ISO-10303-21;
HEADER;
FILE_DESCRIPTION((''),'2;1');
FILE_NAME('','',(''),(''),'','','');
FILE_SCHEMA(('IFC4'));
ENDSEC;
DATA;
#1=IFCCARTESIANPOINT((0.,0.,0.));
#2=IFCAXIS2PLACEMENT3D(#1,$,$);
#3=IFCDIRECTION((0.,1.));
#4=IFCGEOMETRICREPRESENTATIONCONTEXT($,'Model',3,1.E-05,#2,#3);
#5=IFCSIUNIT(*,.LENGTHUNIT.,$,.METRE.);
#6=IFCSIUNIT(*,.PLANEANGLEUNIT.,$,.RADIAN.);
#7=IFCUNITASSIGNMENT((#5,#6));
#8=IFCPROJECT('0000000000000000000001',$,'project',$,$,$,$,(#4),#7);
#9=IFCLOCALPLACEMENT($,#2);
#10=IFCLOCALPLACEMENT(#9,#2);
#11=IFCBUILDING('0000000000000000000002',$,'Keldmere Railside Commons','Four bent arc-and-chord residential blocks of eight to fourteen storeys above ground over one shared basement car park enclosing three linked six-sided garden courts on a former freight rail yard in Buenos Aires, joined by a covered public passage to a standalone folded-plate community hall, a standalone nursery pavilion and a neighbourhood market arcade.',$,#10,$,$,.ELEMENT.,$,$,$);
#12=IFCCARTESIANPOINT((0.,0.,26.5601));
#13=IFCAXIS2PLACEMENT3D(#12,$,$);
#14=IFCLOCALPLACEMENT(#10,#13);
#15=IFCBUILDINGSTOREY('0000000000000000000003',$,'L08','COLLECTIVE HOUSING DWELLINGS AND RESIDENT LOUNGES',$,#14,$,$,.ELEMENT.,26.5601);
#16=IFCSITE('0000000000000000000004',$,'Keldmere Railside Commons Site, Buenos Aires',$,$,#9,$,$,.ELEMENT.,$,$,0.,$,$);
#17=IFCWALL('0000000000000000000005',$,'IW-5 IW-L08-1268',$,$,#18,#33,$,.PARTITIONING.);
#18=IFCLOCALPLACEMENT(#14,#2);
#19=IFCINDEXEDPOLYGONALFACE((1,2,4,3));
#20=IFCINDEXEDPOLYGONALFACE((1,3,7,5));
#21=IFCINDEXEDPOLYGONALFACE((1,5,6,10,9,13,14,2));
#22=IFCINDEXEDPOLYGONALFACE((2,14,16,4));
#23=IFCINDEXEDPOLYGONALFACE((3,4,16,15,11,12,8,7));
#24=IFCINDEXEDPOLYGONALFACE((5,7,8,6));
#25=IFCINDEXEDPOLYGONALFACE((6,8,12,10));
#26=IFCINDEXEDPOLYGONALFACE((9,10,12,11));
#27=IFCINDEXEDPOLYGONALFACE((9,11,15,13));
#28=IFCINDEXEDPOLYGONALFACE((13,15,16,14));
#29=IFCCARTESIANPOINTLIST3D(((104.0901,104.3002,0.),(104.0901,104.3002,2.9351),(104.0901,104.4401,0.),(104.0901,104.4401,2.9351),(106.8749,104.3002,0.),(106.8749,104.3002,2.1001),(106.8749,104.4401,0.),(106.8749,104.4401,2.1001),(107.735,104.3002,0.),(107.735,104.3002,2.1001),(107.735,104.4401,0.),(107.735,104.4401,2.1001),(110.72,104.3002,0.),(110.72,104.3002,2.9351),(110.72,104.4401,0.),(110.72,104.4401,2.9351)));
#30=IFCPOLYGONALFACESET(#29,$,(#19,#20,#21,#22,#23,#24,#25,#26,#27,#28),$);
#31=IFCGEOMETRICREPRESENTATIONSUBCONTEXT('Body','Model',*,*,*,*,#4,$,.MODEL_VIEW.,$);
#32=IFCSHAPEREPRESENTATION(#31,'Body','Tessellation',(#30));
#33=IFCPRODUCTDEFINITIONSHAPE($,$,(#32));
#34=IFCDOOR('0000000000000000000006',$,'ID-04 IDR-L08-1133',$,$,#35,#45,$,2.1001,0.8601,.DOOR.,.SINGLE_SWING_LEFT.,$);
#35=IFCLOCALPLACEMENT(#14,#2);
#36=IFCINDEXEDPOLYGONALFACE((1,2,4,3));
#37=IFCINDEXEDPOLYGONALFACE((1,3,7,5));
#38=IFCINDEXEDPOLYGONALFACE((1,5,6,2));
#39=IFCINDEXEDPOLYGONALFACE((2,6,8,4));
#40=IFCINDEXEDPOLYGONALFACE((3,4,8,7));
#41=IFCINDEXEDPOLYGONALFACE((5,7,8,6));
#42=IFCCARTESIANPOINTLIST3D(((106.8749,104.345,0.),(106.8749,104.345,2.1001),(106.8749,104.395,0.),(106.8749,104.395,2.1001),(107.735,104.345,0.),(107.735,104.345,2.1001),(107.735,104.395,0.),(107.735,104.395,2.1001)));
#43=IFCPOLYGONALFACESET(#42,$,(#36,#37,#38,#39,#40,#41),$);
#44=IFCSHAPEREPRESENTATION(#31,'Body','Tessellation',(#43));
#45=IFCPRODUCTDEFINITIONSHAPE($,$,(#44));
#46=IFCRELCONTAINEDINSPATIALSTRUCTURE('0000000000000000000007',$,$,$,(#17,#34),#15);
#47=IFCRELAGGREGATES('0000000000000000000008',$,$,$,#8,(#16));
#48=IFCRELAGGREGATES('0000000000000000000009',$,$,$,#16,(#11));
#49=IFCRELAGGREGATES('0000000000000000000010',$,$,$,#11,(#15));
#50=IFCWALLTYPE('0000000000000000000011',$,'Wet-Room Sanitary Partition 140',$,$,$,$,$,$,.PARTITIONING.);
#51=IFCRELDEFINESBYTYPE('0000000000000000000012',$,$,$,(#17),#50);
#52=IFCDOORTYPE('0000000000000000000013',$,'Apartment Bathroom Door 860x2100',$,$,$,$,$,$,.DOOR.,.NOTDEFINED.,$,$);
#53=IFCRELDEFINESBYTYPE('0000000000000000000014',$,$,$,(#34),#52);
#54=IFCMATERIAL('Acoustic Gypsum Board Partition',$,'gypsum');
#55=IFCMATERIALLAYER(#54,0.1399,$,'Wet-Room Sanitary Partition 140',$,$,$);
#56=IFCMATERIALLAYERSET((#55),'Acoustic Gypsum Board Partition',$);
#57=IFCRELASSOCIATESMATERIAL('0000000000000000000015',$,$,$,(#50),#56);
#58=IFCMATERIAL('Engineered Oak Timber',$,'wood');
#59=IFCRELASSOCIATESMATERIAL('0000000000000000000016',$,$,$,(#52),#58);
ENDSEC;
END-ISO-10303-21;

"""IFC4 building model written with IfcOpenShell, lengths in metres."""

from ifc_helpers import new_model, si_unit, direction, frame, frame_2d, origin, place, context, subcontext, project, spatial, rectangle, extrude, material, layer, layer_set, type_object, element, fill, save


model = new_model("IFC4")

# Units and contexts
model_context = context("Model", 3, precision=1e-05, world=origin(), true_north=direction((0.0, 1.0)))
body_context = subcontext(model_context, "Body", "Model", "MODEL_VIEW")
ifc_project = project(units=[si_unit("LENGTHUNIT", "METRE"), si_unit("PLANEANGLEUNIT", "RADIAN")], contexts=[model_context])

# Site, building, storey
site_placement = place(None, origin())
site = spatial("IfcSite", under=ifc_project, at=site_placement, Name="Keldmere Railside Commons Site, Buenos Aires", CompositionType="ELEMENT", RefElevation=0.0)
building_placement = place(site_placement, origin())
building = spatial("IfcBuilding", under=site, at=building_placement, Name="Keldmere Railside Commons", Description="Four bent arc-and-chord residential blocks of eight to fourteen storeys above ground over one shared basement car park enclosing three linked six-sided garden courts on a former freight rail yard in Buenos Aires, joined by a covered public passage to a standalone folded-plate community hall, a standalone nursery pavilion and a neighbourhood market arcade.", CompositionType="ELEMENT")
storey_placement = place(building_placement, frame((0.0, 0.0, 26.5601)))
storey = spatial("IfcBuildingStorey", under=building, at=storey_placement, Name="L08", Description="COLLECTIVE HOUSING DWELLINGS AND RESIDENT LOUNGES", CompositionType="ELEMENT", Elevation=26.5601)

# Shared definitions
ifc_material_1 = material(Name="Acoustic Gypsum Board Partition", Category="gypsum")

# Wall, opening, door
ifc_material_2 = material(Name="Engineered Oak Timber", Category="wood")
ifc_layer_1 = layer(ifc_material_1, 0.1399, Name="Wet-Room Sanitary Partition 140")
ifc_layer_set_1 = layer_set([ifc_layer_1], Name="Acoustic Gypsum Board Partition")
wall_type_1 = type_object("IfcWallType", Name="Wet-Room Sanitary Partition 140", PredefinedType="PARTITIONING", material=ifc_layer_set_1)
wall_1_placement = place(storey_placement, frame((104.0901, 104.3701, 0.0), z_axis=(0.0, 0.0, 1.0), x_axis=(1.0, 0.0, 0.0)))
wall_1 = element("IfcWall", 1, at=wall_1_placement, inside=storey, type_object=wall_type_1, Name="IW-5 IW-L08-1268", PredefinedType="PARTITIONING", context=body_context, shape_type="SweptSolid", body=[
    extrude(rectangle(XDim=6.6299, YDim=0.1399, at=frame_2d((3.3149, 0.0))), origin(), (0.0, 0.0, 1.0), 2.9351),
])
opening_1_placement = place(wall_1_placement, frame((2.7847, 0.0, 0.0)))
opening_1 = element("IfcOpeningElement", 2, at=opening_1_placement, cuts=wall_1, PredefinedType="OPENING", context=body_context, shape_type="SweptSolid", body=[
    extrude(rectangle(XDim=0.8601, YDim=2.1001, at=frame_2d((0.4302, 1.05))), frame((0.0, 0.0798, 0.0), z_axis=(0.0, -1.0, 0.0), x_axis=(1.0, 0.0, 0.0)), (0.0, 0.0, 1.0), 0.1599),
])
door_type_1 = type_object("IfcDoorType", Name="Apartment Bathroom Door 860x2100", OperationType="NOTDEFINED", PredefinedType="DOOR", material=ifc_material_2)
door_1_placement = place(opening_1_placement, origin())
door_1 = element("IfcDoor", 3, at=door_1_placement, inside=storey, type_object=door_type_1, Name="ID-04 IDR-L08-1133", OperationType="SINGLE_SWING_LEFT", OverallHeight=2.1001, OverallWidth=0.8601, PredefinedType="DOOR", context=body_context, shape_type="SweptSolid", body=[
    extrude(rectangle(XDim=0.8601, YDim=2.1001, at=frame_2d((0.4302, 1.05))), frame((0.0, 0.0249, 0.0), z_axis=(0.0, -1.0, 0.0), x_axis=(1.0, 0.0, 0.0)), (0.0, 0.0, 1.0), 0.05),
])
fill(opening_1, door_1)

save(model, "model.ifc")
